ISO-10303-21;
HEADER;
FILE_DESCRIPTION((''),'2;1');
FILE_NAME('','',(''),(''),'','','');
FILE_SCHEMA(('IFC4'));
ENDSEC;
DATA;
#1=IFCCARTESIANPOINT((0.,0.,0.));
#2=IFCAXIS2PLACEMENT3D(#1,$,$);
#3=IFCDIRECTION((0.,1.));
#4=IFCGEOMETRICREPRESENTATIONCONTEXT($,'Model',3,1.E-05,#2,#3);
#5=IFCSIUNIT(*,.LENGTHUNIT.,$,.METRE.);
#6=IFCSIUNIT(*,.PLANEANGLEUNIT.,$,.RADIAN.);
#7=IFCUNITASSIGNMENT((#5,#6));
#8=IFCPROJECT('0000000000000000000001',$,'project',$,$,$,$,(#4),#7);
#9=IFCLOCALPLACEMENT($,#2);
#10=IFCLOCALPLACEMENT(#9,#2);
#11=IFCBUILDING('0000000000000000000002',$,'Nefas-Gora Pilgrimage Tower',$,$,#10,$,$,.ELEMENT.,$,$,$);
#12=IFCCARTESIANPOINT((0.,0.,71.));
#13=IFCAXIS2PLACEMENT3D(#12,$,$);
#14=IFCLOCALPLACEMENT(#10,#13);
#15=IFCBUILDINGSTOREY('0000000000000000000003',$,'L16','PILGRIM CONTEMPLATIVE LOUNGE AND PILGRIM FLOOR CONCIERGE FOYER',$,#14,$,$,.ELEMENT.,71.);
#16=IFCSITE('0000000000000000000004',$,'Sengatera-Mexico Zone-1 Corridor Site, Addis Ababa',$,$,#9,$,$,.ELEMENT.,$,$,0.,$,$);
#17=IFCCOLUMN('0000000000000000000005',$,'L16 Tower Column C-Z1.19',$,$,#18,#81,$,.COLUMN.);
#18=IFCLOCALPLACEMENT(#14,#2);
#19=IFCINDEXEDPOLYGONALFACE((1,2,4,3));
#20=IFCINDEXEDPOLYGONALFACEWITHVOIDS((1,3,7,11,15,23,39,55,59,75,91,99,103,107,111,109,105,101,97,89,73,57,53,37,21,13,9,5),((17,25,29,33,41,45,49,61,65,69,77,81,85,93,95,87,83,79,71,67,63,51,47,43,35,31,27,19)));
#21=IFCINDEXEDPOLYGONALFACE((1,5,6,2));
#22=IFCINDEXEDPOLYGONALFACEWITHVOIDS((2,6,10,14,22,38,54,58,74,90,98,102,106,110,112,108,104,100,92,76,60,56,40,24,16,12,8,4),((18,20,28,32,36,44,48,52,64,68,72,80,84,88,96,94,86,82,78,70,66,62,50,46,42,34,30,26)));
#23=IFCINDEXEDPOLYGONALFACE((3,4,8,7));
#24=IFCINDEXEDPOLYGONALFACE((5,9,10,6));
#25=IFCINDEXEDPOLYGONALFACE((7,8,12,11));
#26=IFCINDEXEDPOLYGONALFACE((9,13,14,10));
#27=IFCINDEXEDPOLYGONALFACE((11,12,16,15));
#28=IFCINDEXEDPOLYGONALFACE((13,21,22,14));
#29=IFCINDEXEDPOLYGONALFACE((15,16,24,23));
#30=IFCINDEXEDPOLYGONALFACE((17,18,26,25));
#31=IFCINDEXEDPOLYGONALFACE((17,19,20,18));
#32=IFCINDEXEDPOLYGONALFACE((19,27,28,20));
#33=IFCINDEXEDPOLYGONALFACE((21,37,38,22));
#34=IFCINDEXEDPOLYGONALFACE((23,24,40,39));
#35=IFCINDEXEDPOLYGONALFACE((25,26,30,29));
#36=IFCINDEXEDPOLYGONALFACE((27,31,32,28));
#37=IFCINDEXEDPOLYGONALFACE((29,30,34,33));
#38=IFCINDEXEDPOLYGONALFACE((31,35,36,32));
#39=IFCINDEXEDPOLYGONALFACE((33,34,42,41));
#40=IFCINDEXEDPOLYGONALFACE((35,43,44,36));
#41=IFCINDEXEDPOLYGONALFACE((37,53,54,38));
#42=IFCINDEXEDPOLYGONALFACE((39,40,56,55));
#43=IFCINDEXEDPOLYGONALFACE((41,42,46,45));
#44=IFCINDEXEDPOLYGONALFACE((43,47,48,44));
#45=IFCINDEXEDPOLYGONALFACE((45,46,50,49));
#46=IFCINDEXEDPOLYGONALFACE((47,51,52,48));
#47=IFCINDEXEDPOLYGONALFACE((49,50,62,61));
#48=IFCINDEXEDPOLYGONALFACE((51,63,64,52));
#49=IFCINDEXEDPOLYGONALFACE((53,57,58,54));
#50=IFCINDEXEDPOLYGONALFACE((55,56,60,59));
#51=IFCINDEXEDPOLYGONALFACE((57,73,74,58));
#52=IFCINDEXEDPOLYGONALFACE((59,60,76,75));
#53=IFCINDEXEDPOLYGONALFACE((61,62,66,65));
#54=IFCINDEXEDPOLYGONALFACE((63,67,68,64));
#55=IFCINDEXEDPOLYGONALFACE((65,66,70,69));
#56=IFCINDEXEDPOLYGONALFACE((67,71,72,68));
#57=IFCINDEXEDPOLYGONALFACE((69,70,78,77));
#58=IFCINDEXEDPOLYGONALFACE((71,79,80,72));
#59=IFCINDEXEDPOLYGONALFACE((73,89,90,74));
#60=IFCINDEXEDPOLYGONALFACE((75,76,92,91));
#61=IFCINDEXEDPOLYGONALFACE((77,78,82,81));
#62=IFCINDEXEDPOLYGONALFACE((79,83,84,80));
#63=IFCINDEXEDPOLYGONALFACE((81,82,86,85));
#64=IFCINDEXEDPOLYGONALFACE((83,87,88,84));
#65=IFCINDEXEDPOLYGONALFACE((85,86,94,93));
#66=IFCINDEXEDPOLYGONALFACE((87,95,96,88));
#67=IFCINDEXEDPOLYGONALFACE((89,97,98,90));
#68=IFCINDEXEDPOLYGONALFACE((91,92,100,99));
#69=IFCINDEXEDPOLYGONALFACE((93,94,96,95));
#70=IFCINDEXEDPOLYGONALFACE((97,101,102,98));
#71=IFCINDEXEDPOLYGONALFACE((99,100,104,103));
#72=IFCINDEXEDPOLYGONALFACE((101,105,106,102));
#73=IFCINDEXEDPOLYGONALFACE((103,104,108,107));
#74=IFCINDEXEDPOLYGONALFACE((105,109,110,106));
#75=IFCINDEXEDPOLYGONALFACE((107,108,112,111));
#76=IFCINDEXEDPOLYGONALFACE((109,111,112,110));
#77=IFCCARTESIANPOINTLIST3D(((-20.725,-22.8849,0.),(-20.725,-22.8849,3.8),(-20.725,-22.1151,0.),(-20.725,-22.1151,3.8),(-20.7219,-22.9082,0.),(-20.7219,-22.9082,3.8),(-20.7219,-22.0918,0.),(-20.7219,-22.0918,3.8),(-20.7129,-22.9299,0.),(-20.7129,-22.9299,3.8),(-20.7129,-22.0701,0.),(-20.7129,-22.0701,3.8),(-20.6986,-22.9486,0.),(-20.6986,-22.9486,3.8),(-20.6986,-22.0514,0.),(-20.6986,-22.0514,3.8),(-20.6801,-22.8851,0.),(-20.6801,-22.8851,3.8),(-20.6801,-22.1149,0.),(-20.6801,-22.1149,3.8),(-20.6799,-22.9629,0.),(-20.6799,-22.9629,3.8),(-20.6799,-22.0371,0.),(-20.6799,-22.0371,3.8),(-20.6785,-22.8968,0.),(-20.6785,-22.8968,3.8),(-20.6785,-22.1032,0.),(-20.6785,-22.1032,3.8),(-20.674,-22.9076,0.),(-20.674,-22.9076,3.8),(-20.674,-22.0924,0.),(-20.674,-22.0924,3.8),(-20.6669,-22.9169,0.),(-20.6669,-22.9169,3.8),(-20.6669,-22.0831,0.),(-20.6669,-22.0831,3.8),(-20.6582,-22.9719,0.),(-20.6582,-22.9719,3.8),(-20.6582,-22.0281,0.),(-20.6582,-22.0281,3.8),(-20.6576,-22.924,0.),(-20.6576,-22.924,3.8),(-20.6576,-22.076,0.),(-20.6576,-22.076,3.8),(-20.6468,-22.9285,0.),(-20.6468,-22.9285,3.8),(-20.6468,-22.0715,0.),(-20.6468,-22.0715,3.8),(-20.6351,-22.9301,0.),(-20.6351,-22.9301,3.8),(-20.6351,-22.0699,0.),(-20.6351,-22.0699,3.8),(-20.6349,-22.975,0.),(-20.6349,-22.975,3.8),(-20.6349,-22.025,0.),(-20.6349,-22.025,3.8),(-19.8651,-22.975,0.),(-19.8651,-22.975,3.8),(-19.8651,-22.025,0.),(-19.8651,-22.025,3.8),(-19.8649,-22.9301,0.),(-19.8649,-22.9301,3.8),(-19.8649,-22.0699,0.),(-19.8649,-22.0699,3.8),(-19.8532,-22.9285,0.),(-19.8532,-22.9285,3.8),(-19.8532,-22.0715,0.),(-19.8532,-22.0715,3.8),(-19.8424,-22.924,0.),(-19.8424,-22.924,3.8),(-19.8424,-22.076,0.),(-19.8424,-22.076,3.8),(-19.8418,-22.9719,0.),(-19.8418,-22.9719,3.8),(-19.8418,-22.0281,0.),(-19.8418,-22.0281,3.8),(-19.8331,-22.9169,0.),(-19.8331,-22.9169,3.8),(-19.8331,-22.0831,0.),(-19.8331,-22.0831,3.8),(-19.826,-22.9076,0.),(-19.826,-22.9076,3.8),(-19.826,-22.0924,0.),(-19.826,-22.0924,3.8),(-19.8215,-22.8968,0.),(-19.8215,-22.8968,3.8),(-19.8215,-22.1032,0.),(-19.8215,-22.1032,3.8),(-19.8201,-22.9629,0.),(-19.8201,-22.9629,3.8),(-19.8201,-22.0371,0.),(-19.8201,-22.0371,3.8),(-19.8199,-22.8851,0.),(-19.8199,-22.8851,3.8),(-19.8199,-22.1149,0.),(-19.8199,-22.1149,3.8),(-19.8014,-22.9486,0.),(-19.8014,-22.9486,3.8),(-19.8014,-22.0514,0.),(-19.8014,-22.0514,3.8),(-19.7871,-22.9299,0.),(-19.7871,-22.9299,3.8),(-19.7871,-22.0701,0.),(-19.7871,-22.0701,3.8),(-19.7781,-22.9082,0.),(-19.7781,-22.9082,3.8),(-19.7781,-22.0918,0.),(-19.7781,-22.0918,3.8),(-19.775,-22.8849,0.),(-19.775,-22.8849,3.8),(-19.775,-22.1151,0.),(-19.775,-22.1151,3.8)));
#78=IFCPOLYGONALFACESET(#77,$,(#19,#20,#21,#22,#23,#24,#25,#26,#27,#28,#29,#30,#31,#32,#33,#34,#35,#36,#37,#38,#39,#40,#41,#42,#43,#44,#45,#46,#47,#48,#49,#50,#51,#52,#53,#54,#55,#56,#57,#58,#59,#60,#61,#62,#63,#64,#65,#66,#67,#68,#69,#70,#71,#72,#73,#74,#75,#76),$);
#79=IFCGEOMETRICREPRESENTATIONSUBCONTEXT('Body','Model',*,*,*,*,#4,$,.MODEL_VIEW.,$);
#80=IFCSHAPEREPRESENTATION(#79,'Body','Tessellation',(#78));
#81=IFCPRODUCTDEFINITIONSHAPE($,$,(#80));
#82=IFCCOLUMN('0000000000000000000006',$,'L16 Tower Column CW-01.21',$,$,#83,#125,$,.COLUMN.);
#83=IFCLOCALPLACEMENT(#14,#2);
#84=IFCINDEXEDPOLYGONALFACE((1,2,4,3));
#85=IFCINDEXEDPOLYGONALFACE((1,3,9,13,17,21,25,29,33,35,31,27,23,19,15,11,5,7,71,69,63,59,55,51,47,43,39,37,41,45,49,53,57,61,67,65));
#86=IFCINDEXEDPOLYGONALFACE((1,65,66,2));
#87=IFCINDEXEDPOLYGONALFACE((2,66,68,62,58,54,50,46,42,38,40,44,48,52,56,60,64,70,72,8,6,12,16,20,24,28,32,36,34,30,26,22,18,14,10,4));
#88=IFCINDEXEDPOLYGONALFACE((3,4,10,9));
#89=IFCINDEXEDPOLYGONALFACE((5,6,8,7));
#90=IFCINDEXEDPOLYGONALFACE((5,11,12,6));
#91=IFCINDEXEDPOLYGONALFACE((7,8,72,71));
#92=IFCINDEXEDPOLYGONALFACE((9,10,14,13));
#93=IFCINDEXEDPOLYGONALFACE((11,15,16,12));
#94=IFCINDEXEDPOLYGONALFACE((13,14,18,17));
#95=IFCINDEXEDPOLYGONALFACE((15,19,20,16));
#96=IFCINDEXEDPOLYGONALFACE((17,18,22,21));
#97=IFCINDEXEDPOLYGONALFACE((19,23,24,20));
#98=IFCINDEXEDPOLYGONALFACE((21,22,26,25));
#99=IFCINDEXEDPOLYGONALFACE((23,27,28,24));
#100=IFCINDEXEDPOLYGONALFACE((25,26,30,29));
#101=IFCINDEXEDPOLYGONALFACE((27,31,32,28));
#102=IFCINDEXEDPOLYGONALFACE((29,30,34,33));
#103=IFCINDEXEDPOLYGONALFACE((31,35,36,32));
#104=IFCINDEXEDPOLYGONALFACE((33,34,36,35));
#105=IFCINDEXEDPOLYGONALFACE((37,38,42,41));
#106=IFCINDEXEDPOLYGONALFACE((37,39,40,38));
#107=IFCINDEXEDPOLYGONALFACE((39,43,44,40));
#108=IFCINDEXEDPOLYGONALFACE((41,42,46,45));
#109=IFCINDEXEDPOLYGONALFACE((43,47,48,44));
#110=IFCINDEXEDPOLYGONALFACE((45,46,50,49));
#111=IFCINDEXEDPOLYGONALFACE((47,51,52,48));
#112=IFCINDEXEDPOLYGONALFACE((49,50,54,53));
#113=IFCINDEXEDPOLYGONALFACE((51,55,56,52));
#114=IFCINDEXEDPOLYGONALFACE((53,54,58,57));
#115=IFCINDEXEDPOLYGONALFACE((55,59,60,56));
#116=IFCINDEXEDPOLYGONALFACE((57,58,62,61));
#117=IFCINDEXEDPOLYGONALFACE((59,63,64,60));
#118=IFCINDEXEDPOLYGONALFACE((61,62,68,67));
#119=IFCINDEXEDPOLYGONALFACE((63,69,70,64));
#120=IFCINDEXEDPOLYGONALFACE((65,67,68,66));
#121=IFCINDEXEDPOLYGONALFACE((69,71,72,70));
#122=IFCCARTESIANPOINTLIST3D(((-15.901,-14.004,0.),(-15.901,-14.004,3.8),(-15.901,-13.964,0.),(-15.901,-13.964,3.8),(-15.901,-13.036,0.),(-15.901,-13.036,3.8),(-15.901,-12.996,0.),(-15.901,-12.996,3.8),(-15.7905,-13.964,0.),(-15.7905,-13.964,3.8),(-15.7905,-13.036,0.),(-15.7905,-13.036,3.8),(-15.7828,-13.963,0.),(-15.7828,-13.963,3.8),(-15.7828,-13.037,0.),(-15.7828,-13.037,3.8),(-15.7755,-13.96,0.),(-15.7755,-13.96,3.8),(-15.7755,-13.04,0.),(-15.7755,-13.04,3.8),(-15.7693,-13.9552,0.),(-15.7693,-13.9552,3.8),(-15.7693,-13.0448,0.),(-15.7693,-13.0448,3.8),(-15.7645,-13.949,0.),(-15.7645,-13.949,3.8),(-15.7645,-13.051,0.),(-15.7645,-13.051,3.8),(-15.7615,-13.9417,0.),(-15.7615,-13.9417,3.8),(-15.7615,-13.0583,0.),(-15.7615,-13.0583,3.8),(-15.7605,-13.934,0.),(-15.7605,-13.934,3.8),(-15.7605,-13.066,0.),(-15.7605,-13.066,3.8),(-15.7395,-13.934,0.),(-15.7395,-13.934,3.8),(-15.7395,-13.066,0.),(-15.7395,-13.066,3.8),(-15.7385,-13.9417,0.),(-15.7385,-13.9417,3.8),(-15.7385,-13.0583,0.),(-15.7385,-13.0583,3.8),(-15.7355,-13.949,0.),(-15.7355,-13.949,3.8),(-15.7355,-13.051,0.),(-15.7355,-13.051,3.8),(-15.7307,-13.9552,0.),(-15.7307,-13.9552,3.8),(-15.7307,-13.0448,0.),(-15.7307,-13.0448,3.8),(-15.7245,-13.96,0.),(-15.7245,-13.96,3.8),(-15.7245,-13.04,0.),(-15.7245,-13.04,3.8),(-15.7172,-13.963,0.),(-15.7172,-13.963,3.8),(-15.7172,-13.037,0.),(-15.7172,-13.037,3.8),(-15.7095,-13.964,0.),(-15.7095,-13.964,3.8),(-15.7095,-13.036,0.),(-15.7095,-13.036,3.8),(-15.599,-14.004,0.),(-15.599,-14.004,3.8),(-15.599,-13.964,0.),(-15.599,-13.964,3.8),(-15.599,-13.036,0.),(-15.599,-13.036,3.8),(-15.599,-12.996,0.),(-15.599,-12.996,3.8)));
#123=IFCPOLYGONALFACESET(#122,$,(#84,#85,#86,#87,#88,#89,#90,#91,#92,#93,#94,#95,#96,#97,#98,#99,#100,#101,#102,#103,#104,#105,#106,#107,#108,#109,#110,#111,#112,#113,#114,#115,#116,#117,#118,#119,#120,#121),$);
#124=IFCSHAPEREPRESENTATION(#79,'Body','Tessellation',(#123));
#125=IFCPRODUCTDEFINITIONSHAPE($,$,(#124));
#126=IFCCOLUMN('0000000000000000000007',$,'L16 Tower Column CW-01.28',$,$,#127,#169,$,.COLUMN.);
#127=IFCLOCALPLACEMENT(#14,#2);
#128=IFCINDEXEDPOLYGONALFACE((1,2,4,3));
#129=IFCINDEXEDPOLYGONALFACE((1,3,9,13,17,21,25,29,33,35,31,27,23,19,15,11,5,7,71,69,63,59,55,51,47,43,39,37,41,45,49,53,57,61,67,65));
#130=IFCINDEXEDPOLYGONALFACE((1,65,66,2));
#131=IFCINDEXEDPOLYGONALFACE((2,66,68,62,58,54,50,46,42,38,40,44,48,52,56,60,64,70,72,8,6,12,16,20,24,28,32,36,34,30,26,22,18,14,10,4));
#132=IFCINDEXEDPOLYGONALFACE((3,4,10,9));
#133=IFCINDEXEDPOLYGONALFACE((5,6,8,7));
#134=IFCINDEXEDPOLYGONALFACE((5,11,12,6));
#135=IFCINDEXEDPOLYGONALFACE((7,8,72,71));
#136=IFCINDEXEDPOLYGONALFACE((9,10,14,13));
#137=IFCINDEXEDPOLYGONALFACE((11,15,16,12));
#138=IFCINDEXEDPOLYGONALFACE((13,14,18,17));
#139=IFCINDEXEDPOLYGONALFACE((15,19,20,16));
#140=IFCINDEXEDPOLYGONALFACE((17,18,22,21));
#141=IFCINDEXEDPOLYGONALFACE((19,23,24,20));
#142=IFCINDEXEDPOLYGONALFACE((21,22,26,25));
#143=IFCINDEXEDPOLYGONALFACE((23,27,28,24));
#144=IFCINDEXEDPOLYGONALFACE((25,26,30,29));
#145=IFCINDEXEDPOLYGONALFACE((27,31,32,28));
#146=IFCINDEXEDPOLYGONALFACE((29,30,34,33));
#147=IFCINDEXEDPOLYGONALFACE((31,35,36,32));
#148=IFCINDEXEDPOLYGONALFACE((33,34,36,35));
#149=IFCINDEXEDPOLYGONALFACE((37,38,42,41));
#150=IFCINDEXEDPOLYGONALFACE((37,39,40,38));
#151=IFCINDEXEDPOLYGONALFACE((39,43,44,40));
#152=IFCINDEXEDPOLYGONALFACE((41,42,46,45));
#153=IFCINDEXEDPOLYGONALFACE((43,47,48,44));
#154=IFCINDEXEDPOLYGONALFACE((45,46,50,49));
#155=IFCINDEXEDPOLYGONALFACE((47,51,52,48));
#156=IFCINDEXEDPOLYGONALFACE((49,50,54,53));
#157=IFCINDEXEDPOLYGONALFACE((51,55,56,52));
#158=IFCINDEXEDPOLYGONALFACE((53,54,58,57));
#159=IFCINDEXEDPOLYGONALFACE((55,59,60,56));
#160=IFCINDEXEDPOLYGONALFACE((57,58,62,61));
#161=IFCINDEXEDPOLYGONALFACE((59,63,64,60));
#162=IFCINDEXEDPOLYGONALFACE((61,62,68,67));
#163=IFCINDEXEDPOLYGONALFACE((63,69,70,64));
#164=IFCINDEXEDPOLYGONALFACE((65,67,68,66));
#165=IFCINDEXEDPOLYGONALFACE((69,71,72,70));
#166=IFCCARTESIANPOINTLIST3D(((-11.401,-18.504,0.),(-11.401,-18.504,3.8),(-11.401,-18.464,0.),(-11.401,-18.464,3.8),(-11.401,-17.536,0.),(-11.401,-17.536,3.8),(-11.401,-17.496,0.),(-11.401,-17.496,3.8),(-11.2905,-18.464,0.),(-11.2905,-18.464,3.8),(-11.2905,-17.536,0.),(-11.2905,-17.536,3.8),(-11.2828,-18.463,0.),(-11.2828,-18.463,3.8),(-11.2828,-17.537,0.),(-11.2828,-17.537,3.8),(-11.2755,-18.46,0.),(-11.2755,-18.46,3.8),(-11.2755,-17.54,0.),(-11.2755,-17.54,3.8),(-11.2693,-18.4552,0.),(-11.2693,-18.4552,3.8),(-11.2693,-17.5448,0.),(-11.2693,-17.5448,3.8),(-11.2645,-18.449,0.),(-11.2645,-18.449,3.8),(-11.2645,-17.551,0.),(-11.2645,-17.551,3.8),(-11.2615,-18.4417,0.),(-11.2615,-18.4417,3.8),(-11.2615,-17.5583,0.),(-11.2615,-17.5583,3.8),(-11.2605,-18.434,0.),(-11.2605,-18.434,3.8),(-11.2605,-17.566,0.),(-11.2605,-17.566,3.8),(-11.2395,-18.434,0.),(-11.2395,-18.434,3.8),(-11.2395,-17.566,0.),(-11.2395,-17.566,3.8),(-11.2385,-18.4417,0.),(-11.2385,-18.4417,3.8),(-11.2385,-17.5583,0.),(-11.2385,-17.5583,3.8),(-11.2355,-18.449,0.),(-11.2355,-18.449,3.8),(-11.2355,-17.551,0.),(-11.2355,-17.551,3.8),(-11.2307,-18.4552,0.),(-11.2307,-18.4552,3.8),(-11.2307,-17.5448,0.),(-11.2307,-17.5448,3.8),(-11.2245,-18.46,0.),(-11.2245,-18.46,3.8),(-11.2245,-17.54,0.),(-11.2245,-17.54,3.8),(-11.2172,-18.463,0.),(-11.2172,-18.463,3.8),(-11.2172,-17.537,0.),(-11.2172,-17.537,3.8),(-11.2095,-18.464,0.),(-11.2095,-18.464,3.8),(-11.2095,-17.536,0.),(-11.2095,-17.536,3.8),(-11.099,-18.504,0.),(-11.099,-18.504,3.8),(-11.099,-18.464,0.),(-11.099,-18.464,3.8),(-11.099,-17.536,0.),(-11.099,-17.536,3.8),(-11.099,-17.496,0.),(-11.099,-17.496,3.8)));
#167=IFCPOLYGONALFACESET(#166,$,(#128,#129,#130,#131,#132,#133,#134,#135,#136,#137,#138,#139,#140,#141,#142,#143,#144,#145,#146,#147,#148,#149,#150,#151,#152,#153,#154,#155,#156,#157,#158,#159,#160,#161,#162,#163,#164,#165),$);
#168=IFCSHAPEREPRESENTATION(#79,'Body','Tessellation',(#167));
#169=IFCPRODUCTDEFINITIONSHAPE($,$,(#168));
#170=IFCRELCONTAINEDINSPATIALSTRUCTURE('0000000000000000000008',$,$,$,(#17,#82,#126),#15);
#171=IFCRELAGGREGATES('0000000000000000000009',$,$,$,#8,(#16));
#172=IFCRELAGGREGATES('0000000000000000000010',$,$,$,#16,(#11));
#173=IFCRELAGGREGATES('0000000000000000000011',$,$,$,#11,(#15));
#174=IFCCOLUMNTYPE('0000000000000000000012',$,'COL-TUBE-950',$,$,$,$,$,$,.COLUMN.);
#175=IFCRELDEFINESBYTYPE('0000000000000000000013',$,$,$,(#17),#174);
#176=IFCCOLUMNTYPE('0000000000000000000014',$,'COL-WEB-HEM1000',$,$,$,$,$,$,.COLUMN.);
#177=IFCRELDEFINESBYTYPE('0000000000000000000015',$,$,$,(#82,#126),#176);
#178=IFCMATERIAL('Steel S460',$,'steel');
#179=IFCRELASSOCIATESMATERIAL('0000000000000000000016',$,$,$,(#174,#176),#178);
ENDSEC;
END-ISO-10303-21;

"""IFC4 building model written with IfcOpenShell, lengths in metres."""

from ifc_helpers import new_model, si_unit, direction, frame, origin, origin_2d, place, context, subcontext, project, spatial, hollow_rectangle, i_section, extrude, source, transform, mapped, material, material_profile, profile_set, type_object, element, save


model = new_model("IFC4")

# Units and contexts
model_context = context("Model", 3, precision=1e-05, world=origin(), true_north=direction((0.0, 1.0)))
body_context = subcontext(model_context, "Body", "Model", "MODEL_VIEW")
ifc_project = project(units=[si_unit("LENGTHUNIT", "METRE"), si_unit("PLANEANGLEUNIT", "RADIAN")], contexts=[model_context])

# Site, building, storey
site_placement = place(None, origin())
site = spatial("IfcSite", under=ifc_project, at=site_placement, Name="Sengatera-Mexico Zone-1 Corridor Site, Addis Ababa", CompositionType="ELEMENT", RefElevation=0.0)
building_placement = place(site_placement, origin())
building = spatial("IfcBuilding", under=site, at=building_placement, Name="Nefas-Gora Pilgrimage Tower", CompositionType="ELEMENT")
storey_placement = place(building_placement, frame((0.0, 0.0, 71.0)))
storey = spatial("IfcBuildingStorey", under=building, at=storey_placement, Name="L16", Description="PILGRIM CONTEMPLATIVE LOUNGE AND PILGRIM FLOOR CONCIERGE FOYER", CompositionType="ELEMENT", Elevation=71.0)

# Columns
ifc_material_1 = material(Name="Steel S460", Category="steel")
ifc_material_profile_1 = material_profile(ifc_material_1, hollow_rectangle(XDim=0.95, YDim=0.95, WallThickness=0.0449, InnerFilletRadius=0.0449, OuterFilletRadius=0.0901, at=origin_2d()), Name="BOX 950x950x45")
ifc_profile_set_1 = profile_set([ifc_material_profile_1], Name="Steel S460")
column_type_1 = type_object("IfcColumnType", Name="COL-TUBE-950", PredefinedType="COLUMN", material=ifc_profile_set_1)
shared_shape_1 = source(origin(), body_context, "Body", "SweptSolid", [
    extrude(hollow_rectangle(XDim=0.95, YDim=0.95, WallThickness=0.0449, InnerFilletRadius=0.0449, OuterFilletRadius=0.0901, at=origin_2d()), origin(), (0.0, 0.0, 1.0), 3.8),
])
column_placement = place(storey_placement, frame((-20.25, -22.5, 0.0), z_axis=(0.0, 0.0, 1.0), x_axis=(1.0, 0.0, 0.0)))
element("IfcColumn", 1, at=column_placement, inside=storey, type_object=column_type_1, Name="L16 Tower Column C-Z1.19", PredefinedType="COLUMN", context=body_context, shape_type="MappedRepresentation", body=[
    mapped(shared_shape_1, transform((0.0, 0.0, 0.0), x_axis=(1.0, 0.0, 0.0), y_axis=(0.0, 1.0, 0.0), z_axis=(0.0, 0.0, 1.0), scale=1.0)),
])
ifc_material_profile_2 = material_profile(ifc_material_1, i_section(OverallWidth=0.302, OverallDepth=1.0081, WebThickness=0.021, FlangeThickness=0.04, FilletRadius=0.03, at=origin_2d()), Name="HEM 1000")
ifc_profile_set_2 = profile_set([ifc_material_profile_2], Name="Steel S460")
column_type_2 = type_object("IfcColumnType", Name="COL-WEB-HEM1000", PredefinedType="COLUMN", material=ifc_profile_set_2)
shared_shape_2 = source(origin(), body_context, "Body", "SweptSolid", [
    extrude(i_section(OverallWidth=0.302, OverallDepth=1.0081, WebThickness=0.021, FlangeThickness=0.04, FilletRadius=0.03, at=origin_2d()), origin(), (0.0, 0.0, 1.0), 3.8),
])
for number, where, z_axis, x_axis, name in (
    (2, (-15.75, -13.5, 0.0), (0.0, 0.0, 1.0), (1.0, 0.0, 0.0), "L16 Tower Column CW-01.21"),
    (3, (-11.25, -18.0, 0.0), (0.0, 0.0, 1.0), (1.0, 0.0, 0.0), "L16 Tower Column CW-01.28"),
):
    element("IfcColumn", number, at=place(storey_placement, frame(where, z_axis=z_axis, x_axis=x_axis)), inside=storey, type_object=column_type_2, Name=name, PredefinedType="COLUMN", context=body_context, shape_type="MappedRepresentation", body=[
        mapped(shared_shape_2, transform((0.0, 0.0, 0.0), x_axis=(1.0, 0.0, 0.0), y_axis=(0.0, 1.0, 0.0), z_axis=(0.0, 0.0, 1.0), scale=1.0)),
    ])

save(model, "model.ifc")
